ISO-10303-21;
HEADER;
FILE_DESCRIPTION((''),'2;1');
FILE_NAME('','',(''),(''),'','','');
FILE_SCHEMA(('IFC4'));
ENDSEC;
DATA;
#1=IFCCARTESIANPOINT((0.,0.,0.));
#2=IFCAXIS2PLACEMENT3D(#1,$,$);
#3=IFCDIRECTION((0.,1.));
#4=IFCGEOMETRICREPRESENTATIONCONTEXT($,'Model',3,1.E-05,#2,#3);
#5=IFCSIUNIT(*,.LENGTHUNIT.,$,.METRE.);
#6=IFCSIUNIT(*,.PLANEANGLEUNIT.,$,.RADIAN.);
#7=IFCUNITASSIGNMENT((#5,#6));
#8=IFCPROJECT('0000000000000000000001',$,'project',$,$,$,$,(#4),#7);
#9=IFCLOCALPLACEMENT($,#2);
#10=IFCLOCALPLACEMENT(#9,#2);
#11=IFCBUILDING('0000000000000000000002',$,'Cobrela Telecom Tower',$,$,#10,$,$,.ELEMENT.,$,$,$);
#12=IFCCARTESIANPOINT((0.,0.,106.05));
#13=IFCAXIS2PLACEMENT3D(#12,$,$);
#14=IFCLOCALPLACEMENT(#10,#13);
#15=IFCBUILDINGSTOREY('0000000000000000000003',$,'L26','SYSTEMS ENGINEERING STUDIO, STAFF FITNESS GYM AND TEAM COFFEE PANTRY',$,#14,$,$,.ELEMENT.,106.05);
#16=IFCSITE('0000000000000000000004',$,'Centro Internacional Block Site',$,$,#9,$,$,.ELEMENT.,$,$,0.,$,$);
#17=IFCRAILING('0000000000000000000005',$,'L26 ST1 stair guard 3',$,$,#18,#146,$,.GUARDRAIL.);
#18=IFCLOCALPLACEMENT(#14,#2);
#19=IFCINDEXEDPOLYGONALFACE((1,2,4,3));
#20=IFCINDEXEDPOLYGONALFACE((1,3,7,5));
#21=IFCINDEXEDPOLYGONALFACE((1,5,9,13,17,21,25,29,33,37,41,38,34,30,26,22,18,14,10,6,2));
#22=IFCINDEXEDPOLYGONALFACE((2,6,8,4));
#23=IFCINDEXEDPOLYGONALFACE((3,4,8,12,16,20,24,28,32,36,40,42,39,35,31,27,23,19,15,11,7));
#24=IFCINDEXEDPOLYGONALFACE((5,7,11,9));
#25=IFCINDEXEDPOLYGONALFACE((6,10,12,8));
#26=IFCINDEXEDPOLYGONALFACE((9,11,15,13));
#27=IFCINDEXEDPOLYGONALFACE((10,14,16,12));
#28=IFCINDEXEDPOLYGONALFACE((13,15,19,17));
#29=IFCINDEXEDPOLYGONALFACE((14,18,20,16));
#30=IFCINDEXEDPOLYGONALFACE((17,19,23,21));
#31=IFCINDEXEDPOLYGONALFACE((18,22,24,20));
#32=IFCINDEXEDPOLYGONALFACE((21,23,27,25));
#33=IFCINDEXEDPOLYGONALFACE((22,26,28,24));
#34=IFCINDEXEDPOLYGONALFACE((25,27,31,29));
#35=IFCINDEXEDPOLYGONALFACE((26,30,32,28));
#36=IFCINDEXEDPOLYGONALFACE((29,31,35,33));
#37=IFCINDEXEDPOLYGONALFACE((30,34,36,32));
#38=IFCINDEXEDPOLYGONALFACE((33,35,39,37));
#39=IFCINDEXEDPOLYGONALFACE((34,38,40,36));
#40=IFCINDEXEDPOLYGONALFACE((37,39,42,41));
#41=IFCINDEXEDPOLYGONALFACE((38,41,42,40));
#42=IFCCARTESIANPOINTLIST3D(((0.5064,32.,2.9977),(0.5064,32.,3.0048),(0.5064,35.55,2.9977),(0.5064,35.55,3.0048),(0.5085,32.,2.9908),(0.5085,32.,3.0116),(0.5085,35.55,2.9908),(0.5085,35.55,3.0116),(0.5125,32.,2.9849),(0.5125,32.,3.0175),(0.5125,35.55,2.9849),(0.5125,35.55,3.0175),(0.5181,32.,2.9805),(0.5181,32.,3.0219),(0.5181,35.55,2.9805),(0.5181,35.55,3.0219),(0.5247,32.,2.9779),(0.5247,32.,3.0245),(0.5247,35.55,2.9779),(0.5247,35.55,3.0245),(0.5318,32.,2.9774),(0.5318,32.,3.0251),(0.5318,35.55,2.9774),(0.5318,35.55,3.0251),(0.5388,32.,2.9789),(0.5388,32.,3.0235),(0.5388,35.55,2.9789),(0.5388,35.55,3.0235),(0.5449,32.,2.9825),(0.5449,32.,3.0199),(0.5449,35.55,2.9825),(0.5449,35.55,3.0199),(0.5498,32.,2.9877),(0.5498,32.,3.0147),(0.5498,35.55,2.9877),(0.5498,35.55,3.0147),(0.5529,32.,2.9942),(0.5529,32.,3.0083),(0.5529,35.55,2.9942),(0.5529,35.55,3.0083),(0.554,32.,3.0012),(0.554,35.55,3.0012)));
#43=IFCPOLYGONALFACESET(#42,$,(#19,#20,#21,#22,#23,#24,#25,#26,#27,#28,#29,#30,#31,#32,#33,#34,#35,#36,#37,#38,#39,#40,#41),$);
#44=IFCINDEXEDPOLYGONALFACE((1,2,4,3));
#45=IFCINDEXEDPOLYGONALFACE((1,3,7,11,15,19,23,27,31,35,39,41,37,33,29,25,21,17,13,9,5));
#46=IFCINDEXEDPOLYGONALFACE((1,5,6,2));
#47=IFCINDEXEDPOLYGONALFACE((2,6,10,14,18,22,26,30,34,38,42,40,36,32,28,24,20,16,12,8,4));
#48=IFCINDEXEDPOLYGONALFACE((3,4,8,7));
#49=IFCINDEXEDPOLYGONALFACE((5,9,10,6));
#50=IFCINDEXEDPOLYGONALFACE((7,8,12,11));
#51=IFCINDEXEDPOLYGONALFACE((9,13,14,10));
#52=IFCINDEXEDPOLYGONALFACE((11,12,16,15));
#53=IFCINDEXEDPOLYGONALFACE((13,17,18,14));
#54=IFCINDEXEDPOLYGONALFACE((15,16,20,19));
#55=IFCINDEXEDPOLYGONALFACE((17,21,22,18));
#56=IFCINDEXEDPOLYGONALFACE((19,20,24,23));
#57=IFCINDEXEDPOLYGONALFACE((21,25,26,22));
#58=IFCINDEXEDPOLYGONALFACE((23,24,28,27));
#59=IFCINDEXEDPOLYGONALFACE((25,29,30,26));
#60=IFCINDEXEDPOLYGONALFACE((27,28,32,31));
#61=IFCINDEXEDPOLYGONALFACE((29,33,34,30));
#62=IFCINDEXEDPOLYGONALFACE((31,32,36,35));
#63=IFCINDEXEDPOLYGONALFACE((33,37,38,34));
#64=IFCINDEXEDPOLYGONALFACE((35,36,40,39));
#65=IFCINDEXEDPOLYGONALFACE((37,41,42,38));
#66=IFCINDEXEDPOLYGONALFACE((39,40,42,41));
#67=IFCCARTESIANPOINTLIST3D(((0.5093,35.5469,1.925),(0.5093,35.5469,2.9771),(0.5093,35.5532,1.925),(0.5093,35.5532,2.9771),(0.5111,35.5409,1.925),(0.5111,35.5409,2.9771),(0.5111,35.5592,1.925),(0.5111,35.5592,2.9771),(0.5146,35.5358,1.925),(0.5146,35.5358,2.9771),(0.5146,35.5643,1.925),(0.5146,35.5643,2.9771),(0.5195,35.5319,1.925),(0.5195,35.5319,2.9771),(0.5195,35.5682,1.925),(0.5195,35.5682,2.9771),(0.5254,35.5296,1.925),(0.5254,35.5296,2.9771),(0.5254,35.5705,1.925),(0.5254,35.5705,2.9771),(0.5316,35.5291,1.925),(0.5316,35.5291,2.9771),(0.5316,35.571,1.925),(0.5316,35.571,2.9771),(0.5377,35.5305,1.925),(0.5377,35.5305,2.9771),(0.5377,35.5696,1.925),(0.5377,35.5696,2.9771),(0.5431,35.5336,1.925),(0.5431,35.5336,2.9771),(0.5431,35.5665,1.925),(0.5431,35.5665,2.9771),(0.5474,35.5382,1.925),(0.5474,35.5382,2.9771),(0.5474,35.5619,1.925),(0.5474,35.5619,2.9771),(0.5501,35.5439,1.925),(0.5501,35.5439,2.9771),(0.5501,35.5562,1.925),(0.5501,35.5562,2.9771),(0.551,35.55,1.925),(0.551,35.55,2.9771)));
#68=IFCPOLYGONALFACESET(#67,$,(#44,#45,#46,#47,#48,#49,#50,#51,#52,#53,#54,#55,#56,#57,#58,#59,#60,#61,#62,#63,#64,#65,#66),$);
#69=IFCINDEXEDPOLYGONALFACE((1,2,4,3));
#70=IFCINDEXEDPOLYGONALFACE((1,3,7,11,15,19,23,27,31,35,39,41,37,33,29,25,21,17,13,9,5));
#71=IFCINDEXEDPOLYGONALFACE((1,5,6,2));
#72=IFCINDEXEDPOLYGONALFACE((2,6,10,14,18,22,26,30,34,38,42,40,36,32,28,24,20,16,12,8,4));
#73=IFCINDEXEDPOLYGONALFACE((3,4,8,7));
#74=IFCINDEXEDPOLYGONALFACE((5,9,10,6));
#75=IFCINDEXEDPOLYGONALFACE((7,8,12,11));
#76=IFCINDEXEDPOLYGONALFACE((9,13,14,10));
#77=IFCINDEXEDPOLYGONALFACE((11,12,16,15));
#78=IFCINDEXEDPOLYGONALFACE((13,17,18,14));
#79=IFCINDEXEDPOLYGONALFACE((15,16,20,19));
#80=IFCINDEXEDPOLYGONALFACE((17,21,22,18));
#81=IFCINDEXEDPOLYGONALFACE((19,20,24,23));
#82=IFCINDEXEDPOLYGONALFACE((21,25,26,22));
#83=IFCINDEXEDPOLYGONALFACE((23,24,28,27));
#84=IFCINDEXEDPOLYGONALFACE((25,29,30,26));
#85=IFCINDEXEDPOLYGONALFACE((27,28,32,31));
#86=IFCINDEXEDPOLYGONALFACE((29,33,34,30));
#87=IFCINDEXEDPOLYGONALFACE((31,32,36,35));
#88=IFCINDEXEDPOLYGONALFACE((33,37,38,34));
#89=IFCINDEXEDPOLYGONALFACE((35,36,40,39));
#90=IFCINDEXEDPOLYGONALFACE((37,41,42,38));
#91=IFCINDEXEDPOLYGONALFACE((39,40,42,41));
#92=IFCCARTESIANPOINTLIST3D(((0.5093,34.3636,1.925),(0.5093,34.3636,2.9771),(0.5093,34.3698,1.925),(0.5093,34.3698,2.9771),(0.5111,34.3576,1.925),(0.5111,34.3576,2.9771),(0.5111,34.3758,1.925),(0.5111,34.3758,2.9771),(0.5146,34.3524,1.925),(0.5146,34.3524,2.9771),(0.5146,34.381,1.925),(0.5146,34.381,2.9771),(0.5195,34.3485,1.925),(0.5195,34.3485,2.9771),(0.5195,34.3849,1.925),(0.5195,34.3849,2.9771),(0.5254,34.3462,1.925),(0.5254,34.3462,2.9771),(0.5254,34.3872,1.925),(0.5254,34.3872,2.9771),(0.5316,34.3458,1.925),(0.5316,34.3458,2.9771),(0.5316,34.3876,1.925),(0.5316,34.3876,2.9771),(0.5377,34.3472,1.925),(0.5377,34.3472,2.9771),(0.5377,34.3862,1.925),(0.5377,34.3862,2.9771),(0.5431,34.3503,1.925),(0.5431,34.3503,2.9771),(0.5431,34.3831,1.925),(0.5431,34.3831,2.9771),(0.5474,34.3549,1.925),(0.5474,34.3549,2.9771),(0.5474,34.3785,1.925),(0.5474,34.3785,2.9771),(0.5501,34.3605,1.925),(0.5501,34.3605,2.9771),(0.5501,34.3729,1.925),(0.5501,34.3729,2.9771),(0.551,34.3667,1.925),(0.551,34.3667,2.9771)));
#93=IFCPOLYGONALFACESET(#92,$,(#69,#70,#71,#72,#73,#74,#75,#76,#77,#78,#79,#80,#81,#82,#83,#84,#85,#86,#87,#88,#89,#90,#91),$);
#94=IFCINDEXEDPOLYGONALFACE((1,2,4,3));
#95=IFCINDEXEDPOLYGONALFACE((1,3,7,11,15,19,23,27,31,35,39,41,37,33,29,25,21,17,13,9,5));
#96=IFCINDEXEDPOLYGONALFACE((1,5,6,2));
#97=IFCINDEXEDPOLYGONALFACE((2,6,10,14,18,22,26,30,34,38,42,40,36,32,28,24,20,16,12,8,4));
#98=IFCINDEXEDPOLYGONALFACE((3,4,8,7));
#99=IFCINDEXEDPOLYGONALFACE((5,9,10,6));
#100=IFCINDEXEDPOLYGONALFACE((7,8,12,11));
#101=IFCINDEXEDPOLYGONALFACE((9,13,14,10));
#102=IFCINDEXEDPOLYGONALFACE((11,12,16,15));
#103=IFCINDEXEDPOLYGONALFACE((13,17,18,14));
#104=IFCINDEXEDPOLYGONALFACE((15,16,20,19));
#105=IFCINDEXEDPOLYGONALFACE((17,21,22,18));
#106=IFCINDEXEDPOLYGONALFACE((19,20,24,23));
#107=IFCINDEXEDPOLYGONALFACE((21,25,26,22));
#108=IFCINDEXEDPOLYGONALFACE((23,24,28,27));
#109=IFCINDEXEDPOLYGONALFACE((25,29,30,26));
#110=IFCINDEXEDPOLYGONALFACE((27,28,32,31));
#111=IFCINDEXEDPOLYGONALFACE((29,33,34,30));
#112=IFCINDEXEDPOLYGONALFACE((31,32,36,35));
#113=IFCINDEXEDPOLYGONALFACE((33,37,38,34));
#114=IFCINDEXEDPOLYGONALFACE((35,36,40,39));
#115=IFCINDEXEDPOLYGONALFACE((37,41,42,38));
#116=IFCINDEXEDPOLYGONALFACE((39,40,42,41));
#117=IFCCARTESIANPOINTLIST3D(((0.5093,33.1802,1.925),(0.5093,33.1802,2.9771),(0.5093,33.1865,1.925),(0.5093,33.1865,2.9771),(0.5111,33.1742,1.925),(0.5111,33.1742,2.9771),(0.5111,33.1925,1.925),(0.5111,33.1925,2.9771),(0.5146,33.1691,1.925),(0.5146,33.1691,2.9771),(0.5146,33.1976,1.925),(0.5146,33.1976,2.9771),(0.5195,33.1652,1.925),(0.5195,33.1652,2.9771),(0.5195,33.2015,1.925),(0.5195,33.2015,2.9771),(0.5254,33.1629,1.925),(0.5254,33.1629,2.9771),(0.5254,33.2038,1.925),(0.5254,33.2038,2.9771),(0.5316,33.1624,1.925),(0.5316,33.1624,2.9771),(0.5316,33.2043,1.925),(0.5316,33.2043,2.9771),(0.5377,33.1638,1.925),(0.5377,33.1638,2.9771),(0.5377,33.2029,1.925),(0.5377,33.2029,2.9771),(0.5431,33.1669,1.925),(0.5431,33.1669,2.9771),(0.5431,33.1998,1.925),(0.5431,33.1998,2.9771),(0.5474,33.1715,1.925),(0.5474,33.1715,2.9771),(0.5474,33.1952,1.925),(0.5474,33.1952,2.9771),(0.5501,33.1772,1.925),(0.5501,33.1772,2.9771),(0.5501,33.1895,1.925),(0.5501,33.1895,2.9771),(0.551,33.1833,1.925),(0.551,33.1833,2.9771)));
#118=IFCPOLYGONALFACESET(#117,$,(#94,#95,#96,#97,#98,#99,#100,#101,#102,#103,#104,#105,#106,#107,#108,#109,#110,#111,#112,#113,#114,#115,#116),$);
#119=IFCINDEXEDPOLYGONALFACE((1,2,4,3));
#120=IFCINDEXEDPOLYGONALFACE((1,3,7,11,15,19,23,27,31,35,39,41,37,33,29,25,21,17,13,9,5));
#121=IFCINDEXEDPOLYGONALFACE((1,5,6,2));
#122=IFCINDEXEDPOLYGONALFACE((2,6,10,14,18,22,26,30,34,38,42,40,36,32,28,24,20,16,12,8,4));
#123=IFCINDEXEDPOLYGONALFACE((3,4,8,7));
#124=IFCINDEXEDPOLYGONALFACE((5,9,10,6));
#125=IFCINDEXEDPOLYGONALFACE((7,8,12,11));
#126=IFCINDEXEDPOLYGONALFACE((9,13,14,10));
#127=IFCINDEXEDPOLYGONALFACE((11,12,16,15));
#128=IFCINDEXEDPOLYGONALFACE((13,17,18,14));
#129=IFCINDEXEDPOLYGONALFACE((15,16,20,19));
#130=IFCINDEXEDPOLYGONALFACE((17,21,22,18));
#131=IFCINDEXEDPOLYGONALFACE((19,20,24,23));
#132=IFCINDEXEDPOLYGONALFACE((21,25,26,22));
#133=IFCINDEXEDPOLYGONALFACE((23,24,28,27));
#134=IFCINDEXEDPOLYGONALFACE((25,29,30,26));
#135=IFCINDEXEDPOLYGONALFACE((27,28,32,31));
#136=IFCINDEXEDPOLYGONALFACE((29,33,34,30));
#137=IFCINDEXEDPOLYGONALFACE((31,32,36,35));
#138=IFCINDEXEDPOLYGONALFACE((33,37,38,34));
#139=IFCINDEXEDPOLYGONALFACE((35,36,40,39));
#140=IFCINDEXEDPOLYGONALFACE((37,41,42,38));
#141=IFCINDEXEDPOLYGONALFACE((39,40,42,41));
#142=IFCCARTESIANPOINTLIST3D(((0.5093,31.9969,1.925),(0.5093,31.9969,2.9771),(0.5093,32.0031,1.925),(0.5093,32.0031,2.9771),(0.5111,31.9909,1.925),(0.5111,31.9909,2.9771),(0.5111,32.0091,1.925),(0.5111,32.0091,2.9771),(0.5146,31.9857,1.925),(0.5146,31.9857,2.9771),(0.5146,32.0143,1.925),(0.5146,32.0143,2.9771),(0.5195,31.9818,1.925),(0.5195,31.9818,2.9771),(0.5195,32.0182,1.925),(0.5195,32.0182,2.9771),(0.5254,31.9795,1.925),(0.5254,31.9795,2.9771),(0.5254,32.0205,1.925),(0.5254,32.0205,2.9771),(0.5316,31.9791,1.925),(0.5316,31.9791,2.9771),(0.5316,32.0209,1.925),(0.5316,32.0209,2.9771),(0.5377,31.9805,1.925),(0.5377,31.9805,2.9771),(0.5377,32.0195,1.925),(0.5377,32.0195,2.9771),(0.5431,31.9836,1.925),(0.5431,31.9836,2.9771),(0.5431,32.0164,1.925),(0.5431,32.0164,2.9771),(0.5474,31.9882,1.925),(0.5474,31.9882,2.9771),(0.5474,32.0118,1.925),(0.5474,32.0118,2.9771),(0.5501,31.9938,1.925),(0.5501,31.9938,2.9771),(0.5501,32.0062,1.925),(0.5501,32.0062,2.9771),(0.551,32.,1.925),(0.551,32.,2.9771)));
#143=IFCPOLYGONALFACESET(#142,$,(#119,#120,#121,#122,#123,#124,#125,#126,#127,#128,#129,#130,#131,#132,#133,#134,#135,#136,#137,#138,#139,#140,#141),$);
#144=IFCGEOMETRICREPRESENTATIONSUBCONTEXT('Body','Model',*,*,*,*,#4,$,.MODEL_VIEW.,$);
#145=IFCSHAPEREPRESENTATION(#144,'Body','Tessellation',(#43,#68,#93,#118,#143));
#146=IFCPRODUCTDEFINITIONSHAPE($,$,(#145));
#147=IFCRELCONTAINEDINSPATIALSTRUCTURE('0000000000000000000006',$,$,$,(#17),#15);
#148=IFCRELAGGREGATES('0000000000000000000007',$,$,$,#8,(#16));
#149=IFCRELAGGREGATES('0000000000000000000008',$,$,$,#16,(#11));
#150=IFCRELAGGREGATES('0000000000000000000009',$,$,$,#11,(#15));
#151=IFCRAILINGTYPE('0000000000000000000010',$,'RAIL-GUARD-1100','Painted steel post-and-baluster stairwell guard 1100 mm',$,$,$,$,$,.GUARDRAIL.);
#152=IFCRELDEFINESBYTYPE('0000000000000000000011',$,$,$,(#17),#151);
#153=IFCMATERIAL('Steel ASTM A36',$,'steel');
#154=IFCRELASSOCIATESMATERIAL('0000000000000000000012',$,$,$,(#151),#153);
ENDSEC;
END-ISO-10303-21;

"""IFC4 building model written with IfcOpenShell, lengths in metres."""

from ifc_helpers import new_model, si_unit, direction, frame, origin, origin_2d, place, context, subcontext, project, spatial, circle, extrude, material, type_object, element, save


model = new_model("IFC4")

# Units and contexts
model_context = context("Model", 3, precision=1e-05, world=origin(), true_north=direction((0.0, 1.0)))
body_context = subcontext(model_context, "Body", "Model", "MODEL_VIEW")
ifc_project = project(units=[si_unit("LENGTHUNIT", "METRE"), si_unit("PLANEANGLEUNIT", "RADIAN")], contexts=[model_context])

# Site, building, storey
site_placement = place(None, origin())
site = spatial("IfcSite", under=ifc_project, at=site_placement, Name="Centro Internacional Block Site", CompositionType="ELEMENT", RefElevation=0.0)
building_placement = place(site_placement, origin())
building = spatial("IfcBuilding", under=site, at=building_placement, Name="Cobrela Telecom Tower", CompositionType="ELEMENT")
storey_placement = place(building_placement, frame((0.0, 0.0, 106.05)))
storey = spatial("IfcBuildingStorey", under=building, at=storey_placement, Name="L26", Description="SYSTEMS ENGINEERING STUDIO, STAFF FITNESS GYM AND TEAM COFFEE PANTRY", CompositionType="ELEMENT", Elevation=106.05)

# Shared definitions
ifc_material_1 = material(Name="Steel ASTM A36", Category="steel")

# Railing
railing_type_1 = type_object("IfcRailingType", Name="RAIL-GUARD-1100", Description="Painted steel post-and-baluster stairwell guard 1100 mm", PredefinedType="GUARDRAIL", material=ifc_material_1)
railing_1_placement = place(storey_placement, frame((0.53, 35.55, 1.925)))
element("IfcRailing", 1, at=railing_1_placement, inside=storey, type_object=railing_type_1, Name="L26 ST1 stair guard 3", PredefinedType="GUARDRAIL", context=body_context, shape_type="SweptSolid", body=[
    extrude(circle(Radius=0.0239, at=origin_2d()), frame((0.0, 0.0, 1.0762), z_axis=(0.0, -1.0, 0.0), x_axis=(1.0, 0.0, 0.0)), (0.0, 0.0, 1.0), 3.55),
    extrude(circle(Radius=0.021, at=origin_2d()), origin(), (0.0, 0.0, 1.0), 1.052),
    extrude(circle(Radius=0.021, at=origin_2d()), frame((0.0, -1.1833, 0.0)), (0.0, 0.0, 1.0), 1.052),
    extrude(circle(Radius=0.021, at=origin_2d()), frame((0.0, -2.3667, 0.0)), (0.0, 0.0, 1.0), 1.052),
    extrude(circle(Radius=0.021, at=origin_2d()), frame((0.0, -3.55, 0.0)), (0.0, 0.0, 1.0), 1.052),
])

save(model, "model.ifc")
